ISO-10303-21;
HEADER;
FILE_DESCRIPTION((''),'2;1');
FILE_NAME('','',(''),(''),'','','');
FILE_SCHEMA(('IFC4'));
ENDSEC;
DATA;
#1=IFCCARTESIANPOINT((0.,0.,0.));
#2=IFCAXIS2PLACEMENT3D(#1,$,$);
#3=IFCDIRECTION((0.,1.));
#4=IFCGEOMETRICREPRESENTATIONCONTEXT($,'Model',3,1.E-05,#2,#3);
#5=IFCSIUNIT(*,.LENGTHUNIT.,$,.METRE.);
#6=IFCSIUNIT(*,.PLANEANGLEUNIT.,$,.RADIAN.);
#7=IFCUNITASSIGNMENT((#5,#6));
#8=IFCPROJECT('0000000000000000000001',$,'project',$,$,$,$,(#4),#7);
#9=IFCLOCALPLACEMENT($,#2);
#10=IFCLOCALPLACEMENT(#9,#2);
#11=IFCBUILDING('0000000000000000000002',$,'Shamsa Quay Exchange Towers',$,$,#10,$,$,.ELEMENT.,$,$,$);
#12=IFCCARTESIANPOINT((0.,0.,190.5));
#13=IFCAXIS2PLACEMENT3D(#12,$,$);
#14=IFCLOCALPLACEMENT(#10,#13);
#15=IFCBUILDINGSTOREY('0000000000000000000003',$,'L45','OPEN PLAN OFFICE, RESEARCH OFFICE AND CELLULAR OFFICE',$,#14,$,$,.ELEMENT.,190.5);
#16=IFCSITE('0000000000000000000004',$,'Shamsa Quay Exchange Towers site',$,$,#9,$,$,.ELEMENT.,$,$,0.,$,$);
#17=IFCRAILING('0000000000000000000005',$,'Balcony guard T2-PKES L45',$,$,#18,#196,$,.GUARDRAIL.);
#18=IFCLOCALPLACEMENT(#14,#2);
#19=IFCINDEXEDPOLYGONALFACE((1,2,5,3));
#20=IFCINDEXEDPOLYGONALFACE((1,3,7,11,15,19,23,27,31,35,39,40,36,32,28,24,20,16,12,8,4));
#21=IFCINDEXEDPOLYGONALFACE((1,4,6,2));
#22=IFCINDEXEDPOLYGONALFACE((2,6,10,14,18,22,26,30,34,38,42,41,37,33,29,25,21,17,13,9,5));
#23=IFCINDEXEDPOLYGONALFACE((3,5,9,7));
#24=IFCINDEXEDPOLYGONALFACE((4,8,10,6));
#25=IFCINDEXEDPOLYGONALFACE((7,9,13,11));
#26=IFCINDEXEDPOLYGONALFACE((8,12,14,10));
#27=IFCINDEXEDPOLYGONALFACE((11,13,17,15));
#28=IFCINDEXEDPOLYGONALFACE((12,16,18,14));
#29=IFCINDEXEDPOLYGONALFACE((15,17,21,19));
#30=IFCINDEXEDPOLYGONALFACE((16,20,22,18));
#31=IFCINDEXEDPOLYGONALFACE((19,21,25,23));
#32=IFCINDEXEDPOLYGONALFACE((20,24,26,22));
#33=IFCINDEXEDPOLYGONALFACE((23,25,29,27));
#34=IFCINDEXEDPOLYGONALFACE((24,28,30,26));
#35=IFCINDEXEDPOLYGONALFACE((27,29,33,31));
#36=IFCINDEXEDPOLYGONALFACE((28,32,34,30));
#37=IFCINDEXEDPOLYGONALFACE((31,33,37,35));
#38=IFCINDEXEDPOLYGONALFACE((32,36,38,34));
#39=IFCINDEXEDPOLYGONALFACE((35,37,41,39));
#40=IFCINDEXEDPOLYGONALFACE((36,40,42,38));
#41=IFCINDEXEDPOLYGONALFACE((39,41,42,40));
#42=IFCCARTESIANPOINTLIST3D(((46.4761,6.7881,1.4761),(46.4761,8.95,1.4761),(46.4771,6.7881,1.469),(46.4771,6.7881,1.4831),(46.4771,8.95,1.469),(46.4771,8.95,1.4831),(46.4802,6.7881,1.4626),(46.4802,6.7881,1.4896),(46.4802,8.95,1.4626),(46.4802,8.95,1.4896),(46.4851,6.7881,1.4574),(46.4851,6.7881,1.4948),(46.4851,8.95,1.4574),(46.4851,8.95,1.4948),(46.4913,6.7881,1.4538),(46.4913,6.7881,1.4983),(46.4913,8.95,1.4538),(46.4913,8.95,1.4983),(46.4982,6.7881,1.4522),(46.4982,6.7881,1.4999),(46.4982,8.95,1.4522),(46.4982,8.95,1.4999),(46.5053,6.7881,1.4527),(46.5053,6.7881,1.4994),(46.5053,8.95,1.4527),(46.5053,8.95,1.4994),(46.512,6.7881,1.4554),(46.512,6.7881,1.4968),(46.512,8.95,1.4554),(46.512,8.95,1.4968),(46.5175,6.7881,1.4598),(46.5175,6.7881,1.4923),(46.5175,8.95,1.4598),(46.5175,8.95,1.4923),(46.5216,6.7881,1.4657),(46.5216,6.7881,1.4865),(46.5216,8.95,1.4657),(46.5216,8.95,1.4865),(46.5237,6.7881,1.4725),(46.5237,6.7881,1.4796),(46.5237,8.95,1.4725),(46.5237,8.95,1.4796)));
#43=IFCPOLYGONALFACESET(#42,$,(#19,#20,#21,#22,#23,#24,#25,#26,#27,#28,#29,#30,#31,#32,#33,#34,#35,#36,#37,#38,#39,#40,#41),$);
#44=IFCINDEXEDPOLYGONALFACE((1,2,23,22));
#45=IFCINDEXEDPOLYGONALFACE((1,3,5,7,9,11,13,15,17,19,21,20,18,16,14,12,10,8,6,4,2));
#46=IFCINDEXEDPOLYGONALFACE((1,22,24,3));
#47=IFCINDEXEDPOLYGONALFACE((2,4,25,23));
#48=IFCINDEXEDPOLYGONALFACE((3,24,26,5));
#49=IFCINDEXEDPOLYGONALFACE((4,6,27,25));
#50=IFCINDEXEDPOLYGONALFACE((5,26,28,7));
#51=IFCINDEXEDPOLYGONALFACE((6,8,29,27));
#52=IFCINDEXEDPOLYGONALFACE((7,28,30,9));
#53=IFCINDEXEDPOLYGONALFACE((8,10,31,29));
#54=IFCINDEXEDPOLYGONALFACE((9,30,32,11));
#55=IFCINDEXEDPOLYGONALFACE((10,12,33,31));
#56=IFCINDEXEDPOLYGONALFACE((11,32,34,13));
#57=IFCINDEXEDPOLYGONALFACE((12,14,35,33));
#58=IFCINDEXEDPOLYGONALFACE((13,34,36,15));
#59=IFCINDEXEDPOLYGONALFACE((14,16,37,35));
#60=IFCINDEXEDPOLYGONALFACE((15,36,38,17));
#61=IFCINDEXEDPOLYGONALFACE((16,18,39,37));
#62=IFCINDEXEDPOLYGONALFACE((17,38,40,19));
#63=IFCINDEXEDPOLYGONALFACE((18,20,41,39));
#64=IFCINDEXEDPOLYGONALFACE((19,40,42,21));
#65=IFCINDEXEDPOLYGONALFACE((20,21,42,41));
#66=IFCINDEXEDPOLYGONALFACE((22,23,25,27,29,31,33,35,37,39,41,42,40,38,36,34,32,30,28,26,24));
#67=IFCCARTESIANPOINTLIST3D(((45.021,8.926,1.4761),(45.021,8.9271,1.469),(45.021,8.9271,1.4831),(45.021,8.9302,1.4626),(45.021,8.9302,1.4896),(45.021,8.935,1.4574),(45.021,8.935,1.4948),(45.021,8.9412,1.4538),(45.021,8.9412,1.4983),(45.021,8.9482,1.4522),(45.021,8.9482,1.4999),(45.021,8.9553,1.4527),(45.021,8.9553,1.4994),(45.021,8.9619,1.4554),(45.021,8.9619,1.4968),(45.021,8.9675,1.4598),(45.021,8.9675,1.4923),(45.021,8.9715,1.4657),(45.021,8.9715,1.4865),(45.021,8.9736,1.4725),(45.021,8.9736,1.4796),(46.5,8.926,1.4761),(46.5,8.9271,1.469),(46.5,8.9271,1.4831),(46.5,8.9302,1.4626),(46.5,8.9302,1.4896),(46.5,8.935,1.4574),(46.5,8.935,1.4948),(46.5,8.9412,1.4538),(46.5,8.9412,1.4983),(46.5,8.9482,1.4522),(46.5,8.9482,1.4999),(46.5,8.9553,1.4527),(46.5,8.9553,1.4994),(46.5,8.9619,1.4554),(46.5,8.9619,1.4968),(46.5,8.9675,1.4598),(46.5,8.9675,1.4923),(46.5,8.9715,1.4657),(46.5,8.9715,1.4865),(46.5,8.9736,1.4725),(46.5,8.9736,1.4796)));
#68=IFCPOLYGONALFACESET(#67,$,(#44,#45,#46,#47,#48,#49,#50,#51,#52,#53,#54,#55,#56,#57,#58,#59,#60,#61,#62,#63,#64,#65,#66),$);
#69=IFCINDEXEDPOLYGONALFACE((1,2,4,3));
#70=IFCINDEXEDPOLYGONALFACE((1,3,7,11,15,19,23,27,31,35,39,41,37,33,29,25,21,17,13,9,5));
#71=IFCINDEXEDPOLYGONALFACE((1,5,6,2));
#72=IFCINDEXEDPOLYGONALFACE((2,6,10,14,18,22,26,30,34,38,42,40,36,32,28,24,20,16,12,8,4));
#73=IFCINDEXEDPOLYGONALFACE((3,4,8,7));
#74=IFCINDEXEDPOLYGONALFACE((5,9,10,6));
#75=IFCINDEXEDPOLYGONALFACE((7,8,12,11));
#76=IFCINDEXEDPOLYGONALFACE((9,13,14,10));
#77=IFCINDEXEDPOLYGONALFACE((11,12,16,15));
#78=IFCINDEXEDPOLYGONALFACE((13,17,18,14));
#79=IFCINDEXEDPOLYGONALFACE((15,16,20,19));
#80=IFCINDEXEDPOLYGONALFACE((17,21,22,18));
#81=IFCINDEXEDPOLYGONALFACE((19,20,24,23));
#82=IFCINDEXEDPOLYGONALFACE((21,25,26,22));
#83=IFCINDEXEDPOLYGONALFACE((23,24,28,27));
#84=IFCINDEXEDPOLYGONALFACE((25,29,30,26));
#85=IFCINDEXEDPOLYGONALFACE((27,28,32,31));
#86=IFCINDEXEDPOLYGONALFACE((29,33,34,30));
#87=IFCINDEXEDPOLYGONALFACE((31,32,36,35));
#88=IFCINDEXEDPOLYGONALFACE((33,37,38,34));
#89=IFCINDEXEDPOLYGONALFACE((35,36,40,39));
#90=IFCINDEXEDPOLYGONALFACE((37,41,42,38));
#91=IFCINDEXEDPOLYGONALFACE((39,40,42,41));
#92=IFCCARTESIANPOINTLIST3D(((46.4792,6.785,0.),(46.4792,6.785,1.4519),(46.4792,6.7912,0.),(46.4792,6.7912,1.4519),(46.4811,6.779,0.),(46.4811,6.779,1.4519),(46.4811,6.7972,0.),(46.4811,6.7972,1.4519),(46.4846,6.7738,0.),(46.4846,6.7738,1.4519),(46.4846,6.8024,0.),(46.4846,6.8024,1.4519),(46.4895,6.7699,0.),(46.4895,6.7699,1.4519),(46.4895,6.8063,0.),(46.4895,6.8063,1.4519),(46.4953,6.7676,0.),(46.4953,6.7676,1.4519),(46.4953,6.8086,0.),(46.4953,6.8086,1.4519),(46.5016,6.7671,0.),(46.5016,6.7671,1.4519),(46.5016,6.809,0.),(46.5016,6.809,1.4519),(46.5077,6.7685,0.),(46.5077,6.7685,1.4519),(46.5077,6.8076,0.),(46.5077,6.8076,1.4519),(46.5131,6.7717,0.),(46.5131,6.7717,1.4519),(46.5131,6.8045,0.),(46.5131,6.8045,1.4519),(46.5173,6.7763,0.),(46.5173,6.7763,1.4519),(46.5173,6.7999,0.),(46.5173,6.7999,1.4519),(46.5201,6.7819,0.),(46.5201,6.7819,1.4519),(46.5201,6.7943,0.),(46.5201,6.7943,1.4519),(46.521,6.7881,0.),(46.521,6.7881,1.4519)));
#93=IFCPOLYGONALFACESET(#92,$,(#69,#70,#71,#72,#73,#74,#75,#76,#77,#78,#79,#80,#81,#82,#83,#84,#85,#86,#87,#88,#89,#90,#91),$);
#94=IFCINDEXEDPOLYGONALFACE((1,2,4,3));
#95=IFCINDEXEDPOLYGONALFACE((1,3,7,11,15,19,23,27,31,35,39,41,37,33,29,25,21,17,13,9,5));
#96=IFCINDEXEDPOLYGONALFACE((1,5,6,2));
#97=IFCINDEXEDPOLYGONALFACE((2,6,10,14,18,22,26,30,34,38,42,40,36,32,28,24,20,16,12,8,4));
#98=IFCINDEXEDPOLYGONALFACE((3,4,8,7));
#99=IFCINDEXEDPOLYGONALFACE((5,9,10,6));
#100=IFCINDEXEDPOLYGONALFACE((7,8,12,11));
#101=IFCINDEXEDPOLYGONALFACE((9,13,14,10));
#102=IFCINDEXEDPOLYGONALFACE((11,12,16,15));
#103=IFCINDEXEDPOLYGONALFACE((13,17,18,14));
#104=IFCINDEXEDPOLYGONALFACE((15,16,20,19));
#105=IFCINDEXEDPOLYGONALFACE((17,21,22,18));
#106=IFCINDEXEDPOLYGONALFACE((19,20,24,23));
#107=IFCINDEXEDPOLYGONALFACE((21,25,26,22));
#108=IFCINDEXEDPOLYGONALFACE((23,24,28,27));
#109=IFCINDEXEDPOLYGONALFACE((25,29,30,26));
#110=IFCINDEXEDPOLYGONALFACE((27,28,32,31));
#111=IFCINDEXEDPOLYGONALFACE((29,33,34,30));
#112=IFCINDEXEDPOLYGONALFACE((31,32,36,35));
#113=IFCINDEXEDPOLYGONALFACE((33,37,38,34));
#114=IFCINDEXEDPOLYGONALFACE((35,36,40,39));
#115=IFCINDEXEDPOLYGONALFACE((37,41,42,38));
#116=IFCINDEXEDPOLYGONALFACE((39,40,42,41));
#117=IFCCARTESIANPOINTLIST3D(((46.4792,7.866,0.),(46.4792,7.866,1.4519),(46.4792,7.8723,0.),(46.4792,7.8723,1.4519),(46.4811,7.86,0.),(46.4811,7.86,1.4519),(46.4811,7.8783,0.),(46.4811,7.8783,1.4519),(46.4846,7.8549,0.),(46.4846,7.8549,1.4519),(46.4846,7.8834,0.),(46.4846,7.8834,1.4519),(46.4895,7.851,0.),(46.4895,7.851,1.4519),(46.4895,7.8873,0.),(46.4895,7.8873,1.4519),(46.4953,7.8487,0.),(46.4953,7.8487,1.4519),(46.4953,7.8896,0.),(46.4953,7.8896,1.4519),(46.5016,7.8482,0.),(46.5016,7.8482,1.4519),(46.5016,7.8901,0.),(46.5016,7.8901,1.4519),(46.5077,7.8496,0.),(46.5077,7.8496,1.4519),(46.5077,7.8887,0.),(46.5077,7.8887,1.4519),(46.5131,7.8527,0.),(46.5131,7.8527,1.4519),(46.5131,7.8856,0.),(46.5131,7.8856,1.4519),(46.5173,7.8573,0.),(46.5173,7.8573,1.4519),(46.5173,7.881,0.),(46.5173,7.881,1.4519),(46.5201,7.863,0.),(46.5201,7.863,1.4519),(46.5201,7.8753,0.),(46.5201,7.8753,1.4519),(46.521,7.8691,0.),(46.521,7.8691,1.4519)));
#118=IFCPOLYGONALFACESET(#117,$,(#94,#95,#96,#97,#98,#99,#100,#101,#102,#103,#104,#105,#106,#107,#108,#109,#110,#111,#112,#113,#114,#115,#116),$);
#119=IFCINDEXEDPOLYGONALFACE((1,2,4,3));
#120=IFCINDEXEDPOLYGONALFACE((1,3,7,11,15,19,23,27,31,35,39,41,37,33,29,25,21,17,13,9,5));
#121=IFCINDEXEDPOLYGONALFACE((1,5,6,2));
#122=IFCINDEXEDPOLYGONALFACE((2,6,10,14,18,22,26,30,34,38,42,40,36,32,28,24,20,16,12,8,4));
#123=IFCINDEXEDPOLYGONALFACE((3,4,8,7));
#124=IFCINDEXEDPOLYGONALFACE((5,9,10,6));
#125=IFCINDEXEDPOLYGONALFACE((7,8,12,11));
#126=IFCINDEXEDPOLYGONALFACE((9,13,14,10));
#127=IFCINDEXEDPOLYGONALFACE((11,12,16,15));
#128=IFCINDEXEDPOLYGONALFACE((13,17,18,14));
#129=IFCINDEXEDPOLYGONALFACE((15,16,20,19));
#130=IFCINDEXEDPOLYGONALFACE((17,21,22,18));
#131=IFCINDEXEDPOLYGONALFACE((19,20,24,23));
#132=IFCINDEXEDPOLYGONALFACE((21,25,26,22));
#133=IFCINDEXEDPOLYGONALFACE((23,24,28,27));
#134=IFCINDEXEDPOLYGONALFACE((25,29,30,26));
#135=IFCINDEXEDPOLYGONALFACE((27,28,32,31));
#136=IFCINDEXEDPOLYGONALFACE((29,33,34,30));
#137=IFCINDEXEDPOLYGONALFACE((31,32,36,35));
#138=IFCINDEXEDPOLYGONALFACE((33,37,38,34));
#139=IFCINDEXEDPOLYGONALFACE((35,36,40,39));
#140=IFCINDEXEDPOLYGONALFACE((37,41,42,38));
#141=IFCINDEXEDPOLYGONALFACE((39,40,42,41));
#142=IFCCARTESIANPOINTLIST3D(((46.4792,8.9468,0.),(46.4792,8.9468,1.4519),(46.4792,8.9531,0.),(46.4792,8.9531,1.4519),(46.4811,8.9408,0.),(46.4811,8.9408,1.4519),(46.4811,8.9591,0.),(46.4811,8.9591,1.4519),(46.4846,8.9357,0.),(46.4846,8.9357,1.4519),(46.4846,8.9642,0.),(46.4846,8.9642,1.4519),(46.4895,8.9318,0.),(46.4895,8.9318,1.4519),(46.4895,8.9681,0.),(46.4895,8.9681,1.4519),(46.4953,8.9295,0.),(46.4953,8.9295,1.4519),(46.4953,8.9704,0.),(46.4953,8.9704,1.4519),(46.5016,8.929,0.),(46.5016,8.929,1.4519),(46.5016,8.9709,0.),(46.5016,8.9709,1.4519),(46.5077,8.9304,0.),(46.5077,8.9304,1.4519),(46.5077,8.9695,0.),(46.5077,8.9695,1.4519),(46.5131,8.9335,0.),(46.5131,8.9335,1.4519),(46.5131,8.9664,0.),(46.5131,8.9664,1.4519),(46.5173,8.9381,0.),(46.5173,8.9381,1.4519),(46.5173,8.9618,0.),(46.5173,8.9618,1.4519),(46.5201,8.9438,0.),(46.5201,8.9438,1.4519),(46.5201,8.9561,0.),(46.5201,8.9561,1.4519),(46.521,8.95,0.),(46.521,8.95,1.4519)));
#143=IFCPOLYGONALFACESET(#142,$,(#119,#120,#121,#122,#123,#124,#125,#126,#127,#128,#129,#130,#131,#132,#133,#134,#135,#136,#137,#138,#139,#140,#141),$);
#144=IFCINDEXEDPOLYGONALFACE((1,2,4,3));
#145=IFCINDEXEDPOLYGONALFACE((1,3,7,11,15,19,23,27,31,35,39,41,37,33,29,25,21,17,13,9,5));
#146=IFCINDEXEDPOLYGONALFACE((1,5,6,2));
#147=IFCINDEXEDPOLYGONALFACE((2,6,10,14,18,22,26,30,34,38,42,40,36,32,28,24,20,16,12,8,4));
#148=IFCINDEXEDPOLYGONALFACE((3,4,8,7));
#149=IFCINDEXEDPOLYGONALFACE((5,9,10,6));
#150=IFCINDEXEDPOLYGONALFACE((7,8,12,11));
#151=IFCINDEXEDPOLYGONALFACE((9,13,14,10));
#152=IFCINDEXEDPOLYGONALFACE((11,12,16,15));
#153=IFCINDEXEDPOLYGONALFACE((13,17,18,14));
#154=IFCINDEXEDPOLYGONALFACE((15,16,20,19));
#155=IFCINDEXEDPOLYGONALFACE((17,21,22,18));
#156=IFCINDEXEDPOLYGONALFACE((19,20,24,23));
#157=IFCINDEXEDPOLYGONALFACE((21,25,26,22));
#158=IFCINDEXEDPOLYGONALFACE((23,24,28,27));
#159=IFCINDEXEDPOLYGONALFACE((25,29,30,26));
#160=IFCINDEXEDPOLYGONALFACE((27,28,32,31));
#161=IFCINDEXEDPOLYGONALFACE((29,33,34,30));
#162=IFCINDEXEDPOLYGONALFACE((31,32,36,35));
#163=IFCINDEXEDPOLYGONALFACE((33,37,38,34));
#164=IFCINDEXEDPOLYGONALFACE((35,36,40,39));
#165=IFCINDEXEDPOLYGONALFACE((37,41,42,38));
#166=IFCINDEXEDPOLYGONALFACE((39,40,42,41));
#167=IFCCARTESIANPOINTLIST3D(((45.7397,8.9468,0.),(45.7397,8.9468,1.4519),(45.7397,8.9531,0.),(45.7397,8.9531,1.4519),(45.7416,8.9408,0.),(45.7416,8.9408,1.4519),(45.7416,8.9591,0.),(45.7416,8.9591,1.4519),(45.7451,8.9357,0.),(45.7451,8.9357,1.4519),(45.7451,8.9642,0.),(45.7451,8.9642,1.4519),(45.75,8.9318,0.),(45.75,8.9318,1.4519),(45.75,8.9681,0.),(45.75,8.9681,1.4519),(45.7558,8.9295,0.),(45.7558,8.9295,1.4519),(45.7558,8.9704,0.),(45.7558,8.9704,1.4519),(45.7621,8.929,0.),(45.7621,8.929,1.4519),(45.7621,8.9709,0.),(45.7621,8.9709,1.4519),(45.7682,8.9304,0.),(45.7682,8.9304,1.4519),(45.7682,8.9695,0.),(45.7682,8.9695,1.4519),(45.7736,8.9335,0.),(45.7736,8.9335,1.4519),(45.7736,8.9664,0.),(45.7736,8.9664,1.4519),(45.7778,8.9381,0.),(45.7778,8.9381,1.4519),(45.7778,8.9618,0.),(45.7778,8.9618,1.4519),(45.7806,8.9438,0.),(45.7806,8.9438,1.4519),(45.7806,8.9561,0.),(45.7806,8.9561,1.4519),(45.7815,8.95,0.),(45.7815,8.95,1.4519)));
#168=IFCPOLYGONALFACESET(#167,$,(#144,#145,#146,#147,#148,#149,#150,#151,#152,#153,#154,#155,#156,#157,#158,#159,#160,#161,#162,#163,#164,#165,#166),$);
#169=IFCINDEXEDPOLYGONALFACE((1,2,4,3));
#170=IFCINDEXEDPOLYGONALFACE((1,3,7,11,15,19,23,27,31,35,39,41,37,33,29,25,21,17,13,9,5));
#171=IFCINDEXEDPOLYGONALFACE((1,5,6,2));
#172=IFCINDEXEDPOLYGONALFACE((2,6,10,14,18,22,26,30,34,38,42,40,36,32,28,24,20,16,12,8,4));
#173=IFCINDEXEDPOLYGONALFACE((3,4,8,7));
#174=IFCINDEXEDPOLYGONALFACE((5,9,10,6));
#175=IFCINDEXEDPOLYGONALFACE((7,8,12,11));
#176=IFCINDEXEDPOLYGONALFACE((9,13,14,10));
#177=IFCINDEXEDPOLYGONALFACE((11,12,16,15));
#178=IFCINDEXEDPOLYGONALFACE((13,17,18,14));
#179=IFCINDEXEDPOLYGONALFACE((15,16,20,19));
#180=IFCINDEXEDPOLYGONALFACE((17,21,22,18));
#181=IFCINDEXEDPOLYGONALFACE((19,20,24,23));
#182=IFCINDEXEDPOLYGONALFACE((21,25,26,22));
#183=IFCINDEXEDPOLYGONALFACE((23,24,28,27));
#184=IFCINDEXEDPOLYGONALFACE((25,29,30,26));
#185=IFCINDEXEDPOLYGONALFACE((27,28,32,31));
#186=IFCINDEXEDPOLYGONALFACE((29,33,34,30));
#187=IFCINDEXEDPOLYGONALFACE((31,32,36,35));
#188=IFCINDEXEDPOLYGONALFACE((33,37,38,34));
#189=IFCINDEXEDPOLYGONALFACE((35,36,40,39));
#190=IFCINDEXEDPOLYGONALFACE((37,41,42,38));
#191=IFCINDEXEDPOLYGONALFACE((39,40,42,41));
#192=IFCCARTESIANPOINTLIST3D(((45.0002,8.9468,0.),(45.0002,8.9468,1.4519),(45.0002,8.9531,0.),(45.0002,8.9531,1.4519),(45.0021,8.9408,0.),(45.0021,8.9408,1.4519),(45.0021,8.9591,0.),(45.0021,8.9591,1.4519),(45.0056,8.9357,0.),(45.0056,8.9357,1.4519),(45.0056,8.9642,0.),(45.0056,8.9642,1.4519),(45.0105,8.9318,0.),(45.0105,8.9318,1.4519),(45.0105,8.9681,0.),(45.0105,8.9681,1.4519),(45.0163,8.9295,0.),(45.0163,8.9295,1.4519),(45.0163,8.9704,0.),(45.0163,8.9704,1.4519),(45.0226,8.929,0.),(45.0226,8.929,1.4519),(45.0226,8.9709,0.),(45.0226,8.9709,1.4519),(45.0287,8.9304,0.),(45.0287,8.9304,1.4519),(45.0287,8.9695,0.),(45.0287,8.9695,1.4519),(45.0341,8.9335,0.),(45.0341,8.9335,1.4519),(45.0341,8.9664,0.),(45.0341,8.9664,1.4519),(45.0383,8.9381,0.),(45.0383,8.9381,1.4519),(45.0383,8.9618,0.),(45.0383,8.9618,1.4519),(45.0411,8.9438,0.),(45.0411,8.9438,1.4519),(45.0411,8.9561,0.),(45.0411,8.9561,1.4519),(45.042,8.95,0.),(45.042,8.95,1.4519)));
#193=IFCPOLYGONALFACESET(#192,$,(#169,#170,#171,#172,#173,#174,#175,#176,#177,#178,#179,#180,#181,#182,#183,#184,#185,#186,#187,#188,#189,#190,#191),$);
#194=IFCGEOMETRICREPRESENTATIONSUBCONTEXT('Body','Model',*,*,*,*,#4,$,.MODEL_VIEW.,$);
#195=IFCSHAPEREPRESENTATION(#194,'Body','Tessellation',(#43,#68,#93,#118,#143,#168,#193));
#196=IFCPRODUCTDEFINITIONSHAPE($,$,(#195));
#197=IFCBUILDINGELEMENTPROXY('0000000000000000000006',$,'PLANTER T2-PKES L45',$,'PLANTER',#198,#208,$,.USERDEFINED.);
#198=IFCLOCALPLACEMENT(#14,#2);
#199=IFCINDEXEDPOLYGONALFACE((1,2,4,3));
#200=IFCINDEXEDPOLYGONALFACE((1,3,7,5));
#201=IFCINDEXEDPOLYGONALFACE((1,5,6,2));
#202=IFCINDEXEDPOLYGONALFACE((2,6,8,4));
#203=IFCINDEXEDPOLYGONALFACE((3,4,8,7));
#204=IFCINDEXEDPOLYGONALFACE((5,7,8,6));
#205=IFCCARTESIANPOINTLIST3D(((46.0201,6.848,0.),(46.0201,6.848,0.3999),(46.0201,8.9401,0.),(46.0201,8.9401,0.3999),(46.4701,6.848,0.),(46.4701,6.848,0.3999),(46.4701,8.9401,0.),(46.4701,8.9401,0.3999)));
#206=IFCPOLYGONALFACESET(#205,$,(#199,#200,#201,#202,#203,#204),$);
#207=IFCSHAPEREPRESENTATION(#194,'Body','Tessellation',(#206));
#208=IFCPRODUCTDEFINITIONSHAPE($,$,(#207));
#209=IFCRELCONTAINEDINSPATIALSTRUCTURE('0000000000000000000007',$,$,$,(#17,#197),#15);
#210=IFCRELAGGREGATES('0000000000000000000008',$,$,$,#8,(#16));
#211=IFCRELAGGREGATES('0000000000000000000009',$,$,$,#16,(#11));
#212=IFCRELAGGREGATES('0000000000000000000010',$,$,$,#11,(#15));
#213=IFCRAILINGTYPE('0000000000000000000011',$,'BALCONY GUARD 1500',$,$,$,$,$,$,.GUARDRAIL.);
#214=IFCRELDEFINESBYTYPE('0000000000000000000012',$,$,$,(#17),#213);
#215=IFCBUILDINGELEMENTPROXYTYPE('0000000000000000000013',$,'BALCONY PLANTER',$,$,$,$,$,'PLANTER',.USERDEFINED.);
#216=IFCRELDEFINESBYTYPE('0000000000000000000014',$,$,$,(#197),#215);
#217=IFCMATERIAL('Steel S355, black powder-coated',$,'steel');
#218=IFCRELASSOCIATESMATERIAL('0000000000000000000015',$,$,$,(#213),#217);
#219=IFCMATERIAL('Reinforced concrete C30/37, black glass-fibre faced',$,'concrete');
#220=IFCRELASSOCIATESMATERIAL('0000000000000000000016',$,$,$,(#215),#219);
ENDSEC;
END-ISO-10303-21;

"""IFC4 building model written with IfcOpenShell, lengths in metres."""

from ifc_helpers import new_model, si_unit, direction, frame, origin, origin_2d, place, context, subcontext, project, spatial, rectangle, circle, extrude, material, type_object, element, save


model = new_model("IFC4")

# Units and contexts
model_context = context("Model", 3, precision=1e-05, world=origin(), true_north=direction((0.0, 1.0)))
body_context = subcontext(model_context, "Body", "Model", "MODEL_VIEW")
ifc_project = project(units=[si_unit("LENGTHUNIT", "METRE"), si_unit("PLANEANGLEUNIT", "RADIAN")], contexts=[model_context])

# Site, building, storey
site_placement = place(None, origin())
site = spatial("IfcSite", under=ifc_project, at=site_placement, Name="Shamsa Quay Exchange Towers site", CompositionType="ELEMENT", RefElevation=0.0)
building_placement = place(site_placement, origin())
building = spatial("IfcBuilding", under=site, at=building_placement, Name="Shamsa Quay Exchange Towers", CompositionType="ELEMENT")
storey_placement = place(building_placement, frame((0.0, 0.0, 190.5)))
storey = spatial("IfcBuildingStorey", under=building, at=storey_placement, Name="L45", Description="OPEN PLAN OFFICE, RESEARCH OFFICE AND CELLULAR OFFICE", CompositionType="ELEMENT", Elevation=190.5)

# Railing
ifc_material_1 = material(Name="Steel S355, black powder-coated", Category="steel")
railing_type_1 = type_object("IfcRailingType", Name="BALCONY GUARD 1500", PredefinedType="GUARDRAIL", material=ifc_material_1)
for number, where, name in (
    (1, (46.5, 6.7881, 0.0), "Balcony guard T2-PKES L45"),
):
    element("IfcRailing", number, at=place(storey_placement, frame(where)), inside=storey, type_object=railing_type_1, Name=name, PredefinedType="GUARDRAIL", context=body_context, shape_type="SweptSolid", body=[
        extrude(circle(Radius=0.0239, at=origin_2d()), frame((0.0, 0.0, 1.4761), z_axis=(0.0, 1.0, 0.0), x_axis=(-1.0, 0.0, 0.0)), (0.0, 0.0, 1.0), 2.1619),
        extrude(circle(Radius=0.0239, at=origin_2d()), frame((0.0, 2.1619, 1.4761), z_axis=(-1.0, 0.0, 0.0), x_axis=(0.0, -1.0, 0.0)), (0.0, 0.0, 1.0), 1.479),
        extrude(circle(Radius=0.021, at=origin_2d()), origin(), (0.0, 0.0, 1.0), 1.4519),
        extrude(circle(Radius=0.021, at=origin_2d()), frame((0.0, 1.0811, 0.0)), (0.0, 0.0, 1.0), 1.4519),
        extrude(circle(Radius=0.021, at=origin_2d()), frame((0.0, 2.1619, 0.0)), (0.0, 0.0, 1.0), 1.4519),
        extrude(circle(Radius=0.021, at=origin_2d()), frame((-0.7395, 2.1619, 0.0)), (0.0, 0.0, 1.0), 1.4519),
        extrude(circle(Radius=0.021, at=origin_2d()), frame((-1.479, 2.1619, 0.0)), (0.0, 0.0, 1.0), 1.4519),
    ])

# Building element proxy
ifc_material_2 = material(Name="Reinforced concrete C30/37, black glass-fibre faced", Category="concrete")
building_element_proxy_type = type_object("IfcBuildingElementProxyType", Name="BALCONY PLANTER", ElementType="PLANTER", PredefinedType="USERDEFINED", material=ifc_material_2)
proxy_placement = place(storey_placement, frame((46.2451, 7.894, 0.0), z_axis=(0.0, 0.0, 1.0), x_axis=(0.0, 1.0, 0.0)))
element("IfcBuildingElementProxy", 2, at=proxy_placement, inside=storey, type_object=building_element_proxy_type, Name="PLANTER T2-PKES L45", ObjectType="PLANTER", PredefinedType="USERDEFINED", context=body_context, shape_type="SweptSolid", body=[
    extrude(rectangle(XDim=2.092, YDim=0.45, at=origin_2d()), origin(), (0.0, 0.0, 1.0), 0.3999),
])

save(model, "model.ifc")
